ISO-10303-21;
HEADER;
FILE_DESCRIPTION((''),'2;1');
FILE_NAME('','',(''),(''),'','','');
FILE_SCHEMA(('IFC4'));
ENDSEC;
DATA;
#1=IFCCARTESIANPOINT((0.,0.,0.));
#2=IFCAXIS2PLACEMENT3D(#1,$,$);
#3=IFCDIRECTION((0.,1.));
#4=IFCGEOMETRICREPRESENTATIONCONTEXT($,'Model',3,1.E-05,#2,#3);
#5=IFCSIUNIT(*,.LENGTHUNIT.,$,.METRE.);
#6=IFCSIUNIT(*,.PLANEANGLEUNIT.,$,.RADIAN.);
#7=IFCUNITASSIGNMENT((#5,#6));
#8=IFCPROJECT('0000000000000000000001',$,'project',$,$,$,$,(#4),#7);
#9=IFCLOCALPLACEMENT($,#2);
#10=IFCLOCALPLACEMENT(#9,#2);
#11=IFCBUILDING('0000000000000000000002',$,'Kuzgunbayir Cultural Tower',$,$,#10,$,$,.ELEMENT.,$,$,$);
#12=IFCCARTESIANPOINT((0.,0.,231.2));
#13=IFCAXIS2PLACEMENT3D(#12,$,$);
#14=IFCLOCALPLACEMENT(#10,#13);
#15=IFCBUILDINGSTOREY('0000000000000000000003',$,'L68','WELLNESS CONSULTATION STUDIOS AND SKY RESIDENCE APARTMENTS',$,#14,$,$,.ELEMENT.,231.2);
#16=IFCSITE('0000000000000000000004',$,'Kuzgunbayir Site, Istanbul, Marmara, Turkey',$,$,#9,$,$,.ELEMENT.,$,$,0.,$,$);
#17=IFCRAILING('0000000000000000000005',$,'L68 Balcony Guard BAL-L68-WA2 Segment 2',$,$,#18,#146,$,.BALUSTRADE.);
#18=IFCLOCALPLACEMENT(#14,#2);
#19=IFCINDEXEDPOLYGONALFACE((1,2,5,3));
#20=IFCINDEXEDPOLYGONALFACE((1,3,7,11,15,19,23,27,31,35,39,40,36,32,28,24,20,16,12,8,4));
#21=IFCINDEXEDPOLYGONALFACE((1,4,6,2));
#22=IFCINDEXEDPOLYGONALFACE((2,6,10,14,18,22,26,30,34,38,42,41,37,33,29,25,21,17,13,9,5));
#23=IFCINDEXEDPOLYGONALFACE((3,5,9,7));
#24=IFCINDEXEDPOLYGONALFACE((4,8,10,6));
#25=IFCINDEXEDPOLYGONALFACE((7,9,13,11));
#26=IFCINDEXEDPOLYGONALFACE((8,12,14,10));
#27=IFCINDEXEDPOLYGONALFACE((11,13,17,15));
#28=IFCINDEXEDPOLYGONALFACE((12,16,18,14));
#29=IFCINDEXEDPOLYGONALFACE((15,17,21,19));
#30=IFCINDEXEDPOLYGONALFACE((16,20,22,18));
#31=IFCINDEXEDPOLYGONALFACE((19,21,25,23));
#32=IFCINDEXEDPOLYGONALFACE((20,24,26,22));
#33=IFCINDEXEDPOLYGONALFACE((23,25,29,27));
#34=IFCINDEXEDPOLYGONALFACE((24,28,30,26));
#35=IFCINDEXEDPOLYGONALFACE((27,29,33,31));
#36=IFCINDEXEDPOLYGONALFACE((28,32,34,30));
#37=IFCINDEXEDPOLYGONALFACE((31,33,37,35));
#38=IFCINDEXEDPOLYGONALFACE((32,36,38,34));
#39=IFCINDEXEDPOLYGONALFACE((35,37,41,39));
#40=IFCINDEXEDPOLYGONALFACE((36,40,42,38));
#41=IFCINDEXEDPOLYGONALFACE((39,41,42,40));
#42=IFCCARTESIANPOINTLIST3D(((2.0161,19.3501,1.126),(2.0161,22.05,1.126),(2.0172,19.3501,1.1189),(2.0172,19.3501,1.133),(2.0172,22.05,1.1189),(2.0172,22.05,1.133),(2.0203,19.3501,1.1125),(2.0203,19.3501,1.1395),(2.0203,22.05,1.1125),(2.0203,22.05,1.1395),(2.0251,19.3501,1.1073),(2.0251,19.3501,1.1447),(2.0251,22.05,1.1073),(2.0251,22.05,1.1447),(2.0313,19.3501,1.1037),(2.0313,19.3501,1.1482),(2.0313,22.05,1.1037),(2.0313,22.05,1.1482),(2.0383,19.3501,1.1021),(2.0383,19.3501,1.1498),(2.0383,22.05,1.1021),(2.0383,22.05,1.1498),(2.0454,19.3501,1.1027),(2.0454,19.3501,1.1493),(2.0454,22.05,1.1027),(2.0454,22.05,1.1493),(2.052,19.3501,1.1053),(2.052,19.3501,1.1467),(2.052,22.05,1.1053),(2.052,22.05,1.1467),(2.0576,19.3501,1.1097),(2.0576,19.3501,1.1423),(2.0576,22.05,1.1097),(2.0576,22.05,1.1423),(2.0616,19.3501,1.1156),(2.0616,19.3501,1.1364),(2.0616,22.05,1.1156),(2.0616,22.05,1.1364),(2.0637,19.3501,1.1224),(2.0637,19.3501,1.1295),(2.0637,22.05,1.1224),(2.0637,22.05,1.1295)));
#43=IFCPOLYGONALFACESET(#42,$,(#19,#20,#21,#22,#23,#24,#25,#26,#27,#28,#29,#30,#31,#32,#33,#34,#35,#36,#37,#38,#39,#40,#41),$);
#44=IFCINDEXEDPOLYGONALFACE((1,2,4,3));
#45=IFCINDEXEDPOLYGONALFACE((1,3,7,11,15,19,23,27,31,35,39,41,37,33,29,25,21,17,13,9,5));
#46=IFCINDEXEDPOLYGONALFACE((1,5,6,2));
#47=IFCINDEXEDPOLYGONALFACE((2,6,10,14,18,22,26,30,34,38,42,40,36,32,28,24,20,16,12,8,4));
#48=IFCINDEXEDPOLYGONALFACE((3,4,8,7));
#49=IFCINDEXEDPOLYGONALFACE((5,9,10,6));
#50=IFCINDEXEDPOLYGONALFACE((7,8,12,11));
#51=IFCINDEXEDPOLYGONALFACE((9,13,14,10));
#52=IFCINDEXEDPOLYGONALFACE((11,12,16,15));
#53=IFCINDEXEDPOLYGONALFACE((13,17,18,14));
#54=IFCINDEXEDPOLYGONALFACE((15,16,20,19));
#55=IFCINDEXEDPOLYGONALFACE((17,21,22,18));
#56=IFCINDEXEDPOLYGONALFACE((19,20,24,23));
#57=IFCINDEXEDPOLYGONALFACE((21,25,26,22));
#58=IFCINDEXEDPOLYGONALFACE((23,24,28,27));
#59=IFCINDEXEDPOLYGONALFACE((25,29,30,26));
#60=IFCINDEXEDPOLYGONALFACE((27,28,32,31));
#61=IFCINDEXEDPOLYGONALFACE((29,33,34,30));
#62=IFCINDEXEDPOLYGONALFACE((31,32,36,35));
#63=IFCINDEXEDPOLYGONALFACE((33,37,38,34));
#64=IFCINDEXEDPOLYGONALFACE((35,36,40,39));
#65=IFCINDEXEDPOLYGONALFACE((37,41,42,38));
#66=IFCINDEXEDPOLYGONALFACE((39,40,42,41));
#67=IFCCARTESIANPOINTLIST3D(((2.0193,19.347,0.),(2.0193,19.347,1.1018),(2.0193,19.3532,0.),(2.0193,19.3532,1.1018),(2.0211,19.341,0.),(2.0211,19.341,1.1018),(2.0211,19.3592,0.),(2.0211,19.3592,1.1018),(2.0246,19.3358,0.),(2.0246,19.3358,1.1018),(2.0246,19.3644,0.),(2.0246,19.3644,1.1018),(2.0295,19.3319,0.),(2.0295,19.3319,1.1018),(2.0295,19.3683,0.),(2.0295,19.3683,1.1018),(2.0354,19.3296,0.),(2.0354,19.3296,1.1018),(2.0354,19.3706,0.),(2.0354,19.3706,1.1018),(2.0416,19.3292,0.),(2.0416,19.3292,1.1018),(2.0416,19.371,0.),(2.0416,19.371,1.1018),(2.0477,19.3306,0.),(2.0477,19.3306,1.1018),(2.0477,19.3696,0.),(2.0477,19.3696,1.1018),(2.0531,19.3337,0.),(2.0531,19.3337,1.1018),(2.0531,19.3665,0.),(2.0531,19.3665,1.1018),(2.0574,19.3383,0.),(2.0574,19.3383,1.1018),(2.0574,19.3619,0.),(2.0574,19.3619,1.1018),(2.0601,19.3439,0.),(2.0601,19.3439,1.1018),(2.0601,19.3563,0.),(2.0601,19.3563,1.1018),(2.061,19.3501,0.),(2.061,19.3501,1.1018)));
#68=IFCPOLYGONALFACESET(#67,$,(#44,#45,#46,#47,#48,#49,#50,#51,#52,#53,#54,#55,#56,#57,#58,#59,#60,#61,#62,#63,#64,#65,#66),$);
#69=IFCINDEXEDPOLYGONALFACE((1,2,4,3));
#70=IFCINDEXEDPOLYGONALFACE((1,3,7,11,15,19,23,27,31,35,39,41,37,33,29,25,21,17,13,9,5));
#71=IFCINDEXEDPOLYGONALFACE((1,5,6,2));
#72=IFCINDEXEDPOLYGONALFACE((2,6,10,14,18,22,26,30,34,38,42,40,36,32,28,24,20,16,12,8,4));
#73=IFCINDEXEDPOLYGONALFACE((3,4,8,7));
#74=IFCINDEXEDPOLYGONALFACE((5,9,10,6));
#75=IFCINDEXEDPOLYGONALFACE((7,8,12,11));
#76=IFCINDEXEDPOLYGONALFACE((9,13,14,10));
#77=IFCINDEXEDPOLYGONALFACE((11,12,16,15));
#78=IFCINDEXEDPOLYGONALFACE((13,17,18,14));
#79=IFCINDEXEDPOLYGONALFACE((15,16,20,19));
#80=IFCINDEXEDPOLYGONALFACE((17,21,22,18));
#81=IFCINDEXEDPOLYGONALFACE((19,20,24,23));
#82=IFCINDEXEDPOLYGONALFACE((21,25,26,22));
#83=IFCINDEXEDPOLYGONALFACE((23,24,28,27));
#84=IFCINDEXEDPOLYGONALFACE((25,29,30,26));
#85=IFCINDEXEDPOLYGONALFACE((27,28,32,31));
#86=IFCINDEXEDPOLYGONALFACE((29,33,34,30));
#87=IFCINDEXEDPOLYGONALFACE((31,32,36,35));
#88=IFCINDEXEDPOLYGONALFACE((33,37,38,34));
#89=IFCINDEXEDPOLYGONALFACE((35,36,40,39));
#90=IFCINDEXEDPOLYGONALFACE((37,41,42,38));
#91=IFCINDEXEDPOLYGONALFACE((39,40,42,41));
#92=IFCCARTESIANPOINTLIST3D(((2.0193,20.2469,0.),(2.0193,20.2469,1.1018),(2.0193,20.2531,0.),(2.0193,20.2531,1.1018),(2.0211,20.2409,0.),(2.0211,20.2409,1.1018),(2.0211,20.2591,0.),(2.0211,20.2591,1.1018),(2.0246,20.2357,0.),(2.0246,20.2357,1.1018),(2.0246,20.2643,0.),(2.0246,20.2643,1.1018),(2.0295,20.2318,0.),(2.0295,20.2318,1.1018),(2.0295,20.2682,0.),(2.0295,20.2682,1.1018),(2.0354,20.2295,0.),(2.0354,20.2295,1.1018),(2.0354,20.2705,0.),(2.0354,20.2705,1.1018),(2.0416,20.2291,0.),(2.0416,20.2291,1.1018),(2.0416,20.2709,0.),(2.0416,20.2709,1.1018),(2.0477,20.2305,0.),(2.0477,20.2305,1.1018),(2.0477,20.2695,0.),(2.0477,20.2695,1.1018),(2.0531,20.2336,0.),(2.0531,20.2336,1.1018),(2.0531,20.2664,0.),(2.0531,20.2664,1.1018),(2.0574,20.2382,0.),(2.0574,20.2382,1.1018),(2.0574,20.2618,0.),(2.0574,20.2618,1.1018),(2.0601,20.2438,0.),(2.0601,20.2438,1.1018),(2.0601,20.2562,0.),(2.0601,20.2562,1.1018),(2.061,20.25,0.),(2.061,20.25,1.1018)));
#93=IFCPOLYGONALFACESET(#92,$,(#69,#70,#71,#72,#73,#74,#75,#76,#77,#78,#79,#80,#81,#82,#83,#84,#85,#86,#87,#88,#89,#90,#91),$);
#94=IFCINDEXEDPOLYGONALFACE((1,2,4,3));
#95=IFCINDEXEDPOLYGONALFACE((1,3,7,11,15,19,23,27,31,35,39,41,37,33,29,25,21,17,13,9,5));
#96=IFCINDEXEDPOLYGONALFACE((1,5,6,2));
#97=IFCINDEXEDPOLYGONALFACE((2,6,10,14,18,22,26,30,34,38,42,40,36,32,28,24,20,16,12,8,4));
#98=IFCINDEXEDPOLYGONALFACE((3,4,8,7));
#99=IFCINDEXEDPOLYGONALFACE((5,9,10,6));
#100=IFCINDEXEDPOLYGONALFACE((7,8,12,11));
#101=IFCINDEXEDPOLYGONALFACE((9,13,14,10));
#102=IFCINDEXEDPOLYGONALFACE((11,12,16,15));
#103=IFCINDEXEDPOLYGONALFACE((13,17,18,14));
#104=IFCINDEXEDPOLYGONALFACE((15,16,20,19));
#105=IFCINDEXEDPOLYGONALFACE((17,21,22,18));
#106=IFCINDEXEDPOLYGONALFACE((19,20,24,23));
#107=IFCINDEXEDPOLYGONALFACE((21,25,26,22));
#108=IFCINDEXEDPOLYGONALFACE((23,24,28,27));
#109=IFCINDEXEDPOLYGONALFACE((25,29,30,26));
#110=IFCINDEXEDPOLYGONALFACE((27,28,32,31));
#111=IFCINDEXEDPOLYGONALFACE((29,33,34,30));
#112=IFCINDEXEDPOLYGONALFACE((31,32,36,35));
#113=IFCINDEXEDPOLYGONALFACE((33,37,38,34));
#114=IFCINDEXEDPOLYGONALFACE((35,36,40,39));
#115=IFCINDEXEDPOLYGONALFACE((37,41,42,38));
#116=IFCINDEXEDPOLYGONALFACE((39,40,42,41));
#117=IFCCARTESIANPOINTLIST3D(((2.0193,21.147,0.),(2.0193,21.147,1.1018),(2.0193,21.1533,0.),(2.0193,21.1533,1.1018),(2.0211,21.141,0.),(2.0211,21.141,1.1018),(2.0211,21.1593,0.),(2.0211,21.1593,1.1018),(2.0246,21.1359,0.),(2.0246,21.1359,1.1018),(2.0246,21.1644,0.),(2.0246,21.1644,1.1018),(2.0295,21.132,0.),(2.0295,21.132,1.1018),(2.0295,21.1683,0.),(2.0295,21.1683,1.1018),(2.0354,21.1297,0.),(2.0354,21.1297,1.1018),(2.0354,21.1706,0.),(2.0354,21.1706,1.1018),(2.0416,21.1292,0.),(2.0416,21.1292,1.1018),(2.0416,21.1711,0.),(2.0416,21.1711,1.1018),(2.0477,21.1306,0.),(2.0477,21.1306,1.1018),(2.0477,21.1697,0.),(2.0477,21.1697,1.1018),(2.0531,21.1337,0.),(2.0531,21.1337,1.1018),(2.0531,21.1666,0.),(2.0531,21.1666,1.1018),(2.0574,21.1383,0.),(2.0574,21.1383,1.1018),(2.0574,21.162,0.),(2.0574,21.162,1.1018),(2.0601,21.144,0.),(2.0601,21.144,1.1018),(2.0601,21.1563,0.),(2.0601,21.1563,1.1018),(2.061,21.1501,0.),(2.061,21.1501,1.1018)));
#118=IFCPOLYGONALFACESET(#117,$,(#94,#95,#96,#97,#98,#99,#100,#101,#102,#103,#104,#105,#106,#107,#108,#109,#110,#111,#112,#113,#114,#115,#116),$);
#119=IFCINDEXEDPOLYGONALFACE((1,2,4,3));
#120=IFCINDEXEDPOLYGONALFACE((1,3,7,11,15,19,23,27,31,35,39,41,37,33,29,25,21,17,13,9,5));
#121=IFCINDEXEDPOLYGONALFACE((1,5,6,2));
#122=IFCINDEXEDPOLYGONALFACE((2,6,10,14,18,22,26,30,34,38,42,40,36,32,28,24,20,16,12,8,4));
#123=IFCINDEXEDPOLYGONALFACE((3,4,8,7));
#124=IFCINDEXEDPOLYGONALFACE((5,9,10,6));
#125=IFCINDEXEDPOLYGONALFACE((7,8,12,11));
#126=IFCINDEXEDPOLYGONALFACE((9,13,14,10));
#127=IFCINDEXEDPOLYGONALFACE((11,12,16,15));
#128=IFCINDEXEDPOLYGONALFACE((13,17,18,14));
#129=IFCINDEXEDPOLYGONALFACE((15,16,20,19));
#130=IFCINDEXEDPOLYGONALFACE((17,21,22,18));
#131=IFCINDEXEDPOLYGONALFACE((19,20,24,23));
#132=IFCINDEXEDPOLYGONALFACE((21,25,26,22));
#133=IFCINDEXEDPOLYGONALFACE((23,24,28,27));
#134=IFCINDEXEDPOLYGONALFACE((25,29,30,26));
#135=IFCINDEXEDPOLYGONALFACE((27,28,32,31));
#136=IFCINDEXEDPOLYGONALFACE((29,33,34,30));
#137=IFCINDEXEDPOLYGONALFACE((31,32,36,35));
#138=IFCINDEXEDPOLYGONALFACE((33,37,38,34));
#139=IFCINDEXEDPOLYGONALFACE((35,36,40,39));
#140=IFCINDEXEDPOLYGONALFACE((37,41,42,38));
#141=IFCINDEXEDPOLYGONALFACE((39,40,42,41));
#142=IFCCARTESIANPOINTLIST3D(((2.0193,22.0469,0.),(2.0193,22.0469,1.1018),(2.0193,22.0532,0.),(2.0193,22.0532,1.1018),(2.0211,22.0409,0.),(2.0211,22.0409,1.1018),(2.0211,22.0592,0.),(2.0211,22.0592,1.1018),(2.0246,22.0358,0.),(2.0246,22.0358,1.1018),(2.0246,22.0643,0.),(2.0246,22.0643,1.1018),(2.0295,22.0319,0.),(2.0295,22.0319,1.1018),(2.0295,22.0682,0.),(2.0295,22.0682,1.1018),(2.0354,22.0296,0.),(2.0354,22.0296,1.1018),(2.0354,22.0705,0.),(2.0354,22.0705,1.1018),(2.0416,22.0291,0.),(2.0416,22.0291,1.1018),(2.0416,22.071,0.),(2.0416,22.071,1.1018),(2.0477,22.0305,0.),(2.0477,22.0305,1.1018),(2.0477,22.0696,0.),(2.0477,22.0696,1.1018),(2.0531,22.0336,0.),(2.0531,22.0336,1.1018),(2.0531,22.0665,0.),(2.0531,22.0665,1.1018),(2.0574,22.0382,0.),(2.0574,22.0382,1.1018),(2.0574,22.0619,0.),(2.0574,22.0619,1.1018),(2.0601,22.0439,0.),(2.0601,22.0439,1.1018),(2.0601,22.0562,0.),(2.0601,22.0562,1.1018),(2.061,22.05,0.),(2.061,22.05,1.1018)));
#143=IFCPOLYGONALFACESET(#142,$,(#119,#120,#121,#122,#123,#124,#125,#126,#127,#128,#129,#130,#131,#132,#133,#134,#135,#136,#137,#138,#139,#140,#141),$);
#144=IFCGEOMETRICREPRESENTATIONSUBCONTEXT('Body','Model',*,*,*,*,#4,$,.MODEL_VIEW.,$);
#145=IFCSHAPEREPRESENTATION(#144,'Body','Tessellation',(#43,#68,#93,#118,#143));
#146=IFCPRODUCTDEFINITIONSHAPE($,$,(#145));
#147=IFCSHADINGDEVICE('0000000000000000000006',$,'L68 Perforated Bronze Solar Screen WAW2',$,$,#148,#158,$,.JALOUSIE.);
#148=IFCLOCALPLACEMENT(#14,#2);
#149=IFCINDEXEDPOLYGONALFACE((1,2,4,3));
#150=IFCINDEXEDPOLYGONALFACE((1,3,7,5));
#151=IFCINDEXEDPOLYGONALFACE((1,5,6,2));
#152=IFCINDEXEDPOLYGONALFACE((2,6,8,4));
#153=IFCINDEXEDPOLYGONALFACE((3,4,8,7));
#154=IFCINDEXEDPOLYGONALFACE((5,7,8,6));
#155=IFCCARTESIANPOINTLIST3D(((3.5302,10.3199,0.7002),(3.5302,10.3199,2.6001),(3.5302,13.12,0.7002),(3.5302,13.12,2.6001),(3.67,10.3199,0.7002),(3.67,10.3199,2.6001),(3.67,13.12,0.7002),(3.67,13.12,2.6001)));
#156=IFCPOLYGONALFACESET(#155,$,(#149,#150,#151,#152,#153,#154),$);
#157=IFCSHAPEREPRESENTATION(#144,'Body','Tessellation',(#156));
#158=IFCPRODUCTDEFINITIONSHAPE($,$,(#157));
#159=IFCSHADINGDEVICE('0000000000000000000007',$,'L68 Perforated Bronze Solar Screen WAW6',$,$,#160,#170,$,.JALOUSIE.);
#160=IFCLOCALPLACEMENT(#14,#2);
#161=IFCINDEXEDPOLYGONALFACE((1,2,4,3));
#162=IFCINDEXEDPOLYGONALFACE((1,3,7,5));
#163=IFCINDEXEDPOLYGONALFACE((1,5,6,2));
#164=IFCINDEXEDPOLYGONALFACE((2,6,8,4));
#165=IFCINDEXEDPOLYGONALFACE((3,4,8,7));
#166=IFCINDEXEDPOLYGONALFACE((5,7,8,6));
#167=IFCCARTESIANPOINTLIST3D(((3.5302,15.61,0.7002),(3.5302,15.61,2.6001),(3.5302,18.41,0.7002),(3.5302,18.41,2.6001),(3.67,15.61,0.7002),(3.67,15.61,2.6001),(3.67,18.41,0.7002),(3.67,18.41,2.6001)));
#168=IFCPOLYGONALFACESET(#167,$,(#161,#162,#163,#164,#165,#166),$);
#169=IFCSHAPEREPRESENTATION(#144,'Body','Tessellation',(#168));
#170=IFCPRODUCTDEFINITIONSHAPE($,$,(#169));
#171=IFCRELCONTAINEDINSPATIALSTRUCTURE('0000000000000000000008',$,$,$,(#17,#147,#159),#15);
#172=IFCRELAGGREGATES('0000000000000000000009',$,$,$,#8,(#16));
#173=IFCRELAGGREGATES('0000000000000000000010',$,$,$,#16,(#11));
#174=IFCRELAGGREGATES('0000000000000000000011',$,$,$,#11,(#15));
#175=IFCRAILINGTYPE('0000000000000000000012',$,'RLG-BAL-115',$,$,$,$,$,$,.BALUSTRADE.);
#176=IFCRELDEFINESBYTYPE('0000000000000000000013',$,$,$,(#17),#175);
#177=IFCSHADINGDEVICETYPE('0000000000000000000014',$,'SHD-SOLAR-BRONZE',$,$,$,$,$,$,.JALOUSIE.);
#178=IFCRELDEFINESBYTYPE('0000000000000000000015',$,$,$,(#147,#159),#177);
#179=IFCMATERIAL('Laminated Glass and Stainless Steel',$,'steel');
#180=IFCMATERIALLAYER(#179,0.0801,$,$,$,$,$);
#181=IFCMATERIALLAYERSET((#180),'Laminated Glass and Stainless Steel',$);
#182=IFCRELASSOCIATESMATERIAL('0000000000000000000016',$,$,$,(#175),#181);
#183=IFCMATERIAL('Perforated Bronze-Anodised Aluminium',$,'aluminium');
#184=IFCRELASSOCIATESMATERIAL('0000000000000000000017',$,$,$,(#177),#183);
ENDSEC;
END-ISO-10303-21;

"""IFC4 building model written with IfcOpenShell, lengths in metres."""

from ifc_helpers import new_model, si_unit, direction, frame, origin, origin_2d, place, context, subcontext, project, spatial, rectangle, circle, extrude, material, layer, layer_set, type_object, element, save


model = new_model("IFC4")

# Units and contexts
model_context = context("Model", 3, precision=1e-05, world=origin(), true_north=direction((0.0, 1.0)))
body_context = subcontext(model_context, "Body", "Model", "MODEL_VIEW")
ifc_project = project(units=[si_unit("LENGTHUNIT", "METRE"), si_unit("PLANEANGLEUNIT", "RADIAN")], contexts=[model_context])

# Site, building, storey
site_placement = place(None, origin())
site = spatial("IfcSite", under=ifc_project, at=site_placement, Name="Kuzgunbayir Site, Istanbul, Marmara, Turkey", CompositionType="ELEMENT", RefElevation=0.0)
building_placement = place(site_placement, origin())
building = spatial("IfcBuilding", under=site, at=building_placement, Name="Kuzgunbayir Cultural Tower", CompositionType="ELEMENT")
storey_placement = place(building_placement, frame((0.0, 0.0, 231.2)))
storey = spatial("IfcBuildingStorey", under=building, at=storey_placement, Name="L68", Description="WELLNESS CONSULTATION STUDIOS AND SKY RESIDENCE APARTMENTS", CompositionType="ELEMENT", Elevation=231.2)

# Railing
ifc_material_1 = material(Name="Laminated Glass and Stainless Steel", Category="steel")
ifc_layer_1 = layer(ifc_material_1, 0.0801)
ifc_layer_set_1 = layer_set([ifc_layer_1], Name="Laminated Glass and Stainless Steel")
railing_type = type_object("IfcRailingType", Name="RLG-BAL-115", PredefinedType="BALUSTRADE", material=ifc_layer_set_1)
railing_1_placement = place(storey_placement, frame((2.04, 19.3501, 0.0)))
element("IfcRailing", 1, at=railing_1_placement, inside=storey, type_object=railing_type, Name="L68 Balcony Guard BAL-L68-WA2 Segment 2", PredefinedType="BALUSTRADE", context=body_context, shape_type="SweptSolid", body=[
    extrude(circle(Radius=0.0239, at=origin_2d()), frame((0.0, 0.0, 1.126), z_axis=(0.0, 1.0, 0.0), x_axis=(-1.0, 0.0, 0.0)), (0.0, 0.0, 1.0), 2.7),
    extrude(circle(Radius=0.021, at=origin_2d()), origin(), (0.0, 0.0, 1.0), 1.1018),
    extrude(circle(Radius=0.021, at=origin_2d()), frame((0.0, 0.8999, 0.0)), (0.0, 0.0, 1.0), 1.1018),
    extrude(circle(Radius=0.021, at=origin_2d()), frame((0.0, 1.8, 0.0)), (0.0, 0.0, 1.0), 1.1018),
    extrude(circle(Radius=0.021, at=origin_2d()), frame((0.0, 2.7, 0.0)), (0.0, 0.0, 1.0), 1.1018),
])

# Shading devices
ifc_material_2 = material(Name="Perforated Bronze-Anodised Aluminium", Category="aluminium")
shading_device_type = type_object("IfcShadingDeviceType", Name="SHD-SOLAR-BRONZE", PredefinedType="JALOUSIE", material=ifc_material_2)
for number, where, z_axis, x_axis, name in (
    (2, (3.6001, 11.72, 0.7002), (0.0, 0.0, 1.0), (1.0, 0.0, 0.0), "L68 Perforated Bronze Solar Screen WAW2"),
    (3, (3.6001, 17.01, 0.7002), (0.0, 0.0, 1.0), (1.0, 0.0, 0.0), "L68 Perforated Bronze Solar Screen WAW6"),
):
    element("IfcShadingDevice", number, at=place(storey_placement, frame(where, z_axis=z_axis, x_axis=x_axis)), inside=storey, type_object=shading_device_type, Name=name, PredefinedType="JALOUSIE", context=body_context, shape_type="SweptSolid", body=[
        extrude(rectangle(XDim=0.1399, YDim=2.8, at=origin_2d()), origin(), (0.0, 0.0, 1.0), 1.8999),
    ])

save(model, "model.ifc")
